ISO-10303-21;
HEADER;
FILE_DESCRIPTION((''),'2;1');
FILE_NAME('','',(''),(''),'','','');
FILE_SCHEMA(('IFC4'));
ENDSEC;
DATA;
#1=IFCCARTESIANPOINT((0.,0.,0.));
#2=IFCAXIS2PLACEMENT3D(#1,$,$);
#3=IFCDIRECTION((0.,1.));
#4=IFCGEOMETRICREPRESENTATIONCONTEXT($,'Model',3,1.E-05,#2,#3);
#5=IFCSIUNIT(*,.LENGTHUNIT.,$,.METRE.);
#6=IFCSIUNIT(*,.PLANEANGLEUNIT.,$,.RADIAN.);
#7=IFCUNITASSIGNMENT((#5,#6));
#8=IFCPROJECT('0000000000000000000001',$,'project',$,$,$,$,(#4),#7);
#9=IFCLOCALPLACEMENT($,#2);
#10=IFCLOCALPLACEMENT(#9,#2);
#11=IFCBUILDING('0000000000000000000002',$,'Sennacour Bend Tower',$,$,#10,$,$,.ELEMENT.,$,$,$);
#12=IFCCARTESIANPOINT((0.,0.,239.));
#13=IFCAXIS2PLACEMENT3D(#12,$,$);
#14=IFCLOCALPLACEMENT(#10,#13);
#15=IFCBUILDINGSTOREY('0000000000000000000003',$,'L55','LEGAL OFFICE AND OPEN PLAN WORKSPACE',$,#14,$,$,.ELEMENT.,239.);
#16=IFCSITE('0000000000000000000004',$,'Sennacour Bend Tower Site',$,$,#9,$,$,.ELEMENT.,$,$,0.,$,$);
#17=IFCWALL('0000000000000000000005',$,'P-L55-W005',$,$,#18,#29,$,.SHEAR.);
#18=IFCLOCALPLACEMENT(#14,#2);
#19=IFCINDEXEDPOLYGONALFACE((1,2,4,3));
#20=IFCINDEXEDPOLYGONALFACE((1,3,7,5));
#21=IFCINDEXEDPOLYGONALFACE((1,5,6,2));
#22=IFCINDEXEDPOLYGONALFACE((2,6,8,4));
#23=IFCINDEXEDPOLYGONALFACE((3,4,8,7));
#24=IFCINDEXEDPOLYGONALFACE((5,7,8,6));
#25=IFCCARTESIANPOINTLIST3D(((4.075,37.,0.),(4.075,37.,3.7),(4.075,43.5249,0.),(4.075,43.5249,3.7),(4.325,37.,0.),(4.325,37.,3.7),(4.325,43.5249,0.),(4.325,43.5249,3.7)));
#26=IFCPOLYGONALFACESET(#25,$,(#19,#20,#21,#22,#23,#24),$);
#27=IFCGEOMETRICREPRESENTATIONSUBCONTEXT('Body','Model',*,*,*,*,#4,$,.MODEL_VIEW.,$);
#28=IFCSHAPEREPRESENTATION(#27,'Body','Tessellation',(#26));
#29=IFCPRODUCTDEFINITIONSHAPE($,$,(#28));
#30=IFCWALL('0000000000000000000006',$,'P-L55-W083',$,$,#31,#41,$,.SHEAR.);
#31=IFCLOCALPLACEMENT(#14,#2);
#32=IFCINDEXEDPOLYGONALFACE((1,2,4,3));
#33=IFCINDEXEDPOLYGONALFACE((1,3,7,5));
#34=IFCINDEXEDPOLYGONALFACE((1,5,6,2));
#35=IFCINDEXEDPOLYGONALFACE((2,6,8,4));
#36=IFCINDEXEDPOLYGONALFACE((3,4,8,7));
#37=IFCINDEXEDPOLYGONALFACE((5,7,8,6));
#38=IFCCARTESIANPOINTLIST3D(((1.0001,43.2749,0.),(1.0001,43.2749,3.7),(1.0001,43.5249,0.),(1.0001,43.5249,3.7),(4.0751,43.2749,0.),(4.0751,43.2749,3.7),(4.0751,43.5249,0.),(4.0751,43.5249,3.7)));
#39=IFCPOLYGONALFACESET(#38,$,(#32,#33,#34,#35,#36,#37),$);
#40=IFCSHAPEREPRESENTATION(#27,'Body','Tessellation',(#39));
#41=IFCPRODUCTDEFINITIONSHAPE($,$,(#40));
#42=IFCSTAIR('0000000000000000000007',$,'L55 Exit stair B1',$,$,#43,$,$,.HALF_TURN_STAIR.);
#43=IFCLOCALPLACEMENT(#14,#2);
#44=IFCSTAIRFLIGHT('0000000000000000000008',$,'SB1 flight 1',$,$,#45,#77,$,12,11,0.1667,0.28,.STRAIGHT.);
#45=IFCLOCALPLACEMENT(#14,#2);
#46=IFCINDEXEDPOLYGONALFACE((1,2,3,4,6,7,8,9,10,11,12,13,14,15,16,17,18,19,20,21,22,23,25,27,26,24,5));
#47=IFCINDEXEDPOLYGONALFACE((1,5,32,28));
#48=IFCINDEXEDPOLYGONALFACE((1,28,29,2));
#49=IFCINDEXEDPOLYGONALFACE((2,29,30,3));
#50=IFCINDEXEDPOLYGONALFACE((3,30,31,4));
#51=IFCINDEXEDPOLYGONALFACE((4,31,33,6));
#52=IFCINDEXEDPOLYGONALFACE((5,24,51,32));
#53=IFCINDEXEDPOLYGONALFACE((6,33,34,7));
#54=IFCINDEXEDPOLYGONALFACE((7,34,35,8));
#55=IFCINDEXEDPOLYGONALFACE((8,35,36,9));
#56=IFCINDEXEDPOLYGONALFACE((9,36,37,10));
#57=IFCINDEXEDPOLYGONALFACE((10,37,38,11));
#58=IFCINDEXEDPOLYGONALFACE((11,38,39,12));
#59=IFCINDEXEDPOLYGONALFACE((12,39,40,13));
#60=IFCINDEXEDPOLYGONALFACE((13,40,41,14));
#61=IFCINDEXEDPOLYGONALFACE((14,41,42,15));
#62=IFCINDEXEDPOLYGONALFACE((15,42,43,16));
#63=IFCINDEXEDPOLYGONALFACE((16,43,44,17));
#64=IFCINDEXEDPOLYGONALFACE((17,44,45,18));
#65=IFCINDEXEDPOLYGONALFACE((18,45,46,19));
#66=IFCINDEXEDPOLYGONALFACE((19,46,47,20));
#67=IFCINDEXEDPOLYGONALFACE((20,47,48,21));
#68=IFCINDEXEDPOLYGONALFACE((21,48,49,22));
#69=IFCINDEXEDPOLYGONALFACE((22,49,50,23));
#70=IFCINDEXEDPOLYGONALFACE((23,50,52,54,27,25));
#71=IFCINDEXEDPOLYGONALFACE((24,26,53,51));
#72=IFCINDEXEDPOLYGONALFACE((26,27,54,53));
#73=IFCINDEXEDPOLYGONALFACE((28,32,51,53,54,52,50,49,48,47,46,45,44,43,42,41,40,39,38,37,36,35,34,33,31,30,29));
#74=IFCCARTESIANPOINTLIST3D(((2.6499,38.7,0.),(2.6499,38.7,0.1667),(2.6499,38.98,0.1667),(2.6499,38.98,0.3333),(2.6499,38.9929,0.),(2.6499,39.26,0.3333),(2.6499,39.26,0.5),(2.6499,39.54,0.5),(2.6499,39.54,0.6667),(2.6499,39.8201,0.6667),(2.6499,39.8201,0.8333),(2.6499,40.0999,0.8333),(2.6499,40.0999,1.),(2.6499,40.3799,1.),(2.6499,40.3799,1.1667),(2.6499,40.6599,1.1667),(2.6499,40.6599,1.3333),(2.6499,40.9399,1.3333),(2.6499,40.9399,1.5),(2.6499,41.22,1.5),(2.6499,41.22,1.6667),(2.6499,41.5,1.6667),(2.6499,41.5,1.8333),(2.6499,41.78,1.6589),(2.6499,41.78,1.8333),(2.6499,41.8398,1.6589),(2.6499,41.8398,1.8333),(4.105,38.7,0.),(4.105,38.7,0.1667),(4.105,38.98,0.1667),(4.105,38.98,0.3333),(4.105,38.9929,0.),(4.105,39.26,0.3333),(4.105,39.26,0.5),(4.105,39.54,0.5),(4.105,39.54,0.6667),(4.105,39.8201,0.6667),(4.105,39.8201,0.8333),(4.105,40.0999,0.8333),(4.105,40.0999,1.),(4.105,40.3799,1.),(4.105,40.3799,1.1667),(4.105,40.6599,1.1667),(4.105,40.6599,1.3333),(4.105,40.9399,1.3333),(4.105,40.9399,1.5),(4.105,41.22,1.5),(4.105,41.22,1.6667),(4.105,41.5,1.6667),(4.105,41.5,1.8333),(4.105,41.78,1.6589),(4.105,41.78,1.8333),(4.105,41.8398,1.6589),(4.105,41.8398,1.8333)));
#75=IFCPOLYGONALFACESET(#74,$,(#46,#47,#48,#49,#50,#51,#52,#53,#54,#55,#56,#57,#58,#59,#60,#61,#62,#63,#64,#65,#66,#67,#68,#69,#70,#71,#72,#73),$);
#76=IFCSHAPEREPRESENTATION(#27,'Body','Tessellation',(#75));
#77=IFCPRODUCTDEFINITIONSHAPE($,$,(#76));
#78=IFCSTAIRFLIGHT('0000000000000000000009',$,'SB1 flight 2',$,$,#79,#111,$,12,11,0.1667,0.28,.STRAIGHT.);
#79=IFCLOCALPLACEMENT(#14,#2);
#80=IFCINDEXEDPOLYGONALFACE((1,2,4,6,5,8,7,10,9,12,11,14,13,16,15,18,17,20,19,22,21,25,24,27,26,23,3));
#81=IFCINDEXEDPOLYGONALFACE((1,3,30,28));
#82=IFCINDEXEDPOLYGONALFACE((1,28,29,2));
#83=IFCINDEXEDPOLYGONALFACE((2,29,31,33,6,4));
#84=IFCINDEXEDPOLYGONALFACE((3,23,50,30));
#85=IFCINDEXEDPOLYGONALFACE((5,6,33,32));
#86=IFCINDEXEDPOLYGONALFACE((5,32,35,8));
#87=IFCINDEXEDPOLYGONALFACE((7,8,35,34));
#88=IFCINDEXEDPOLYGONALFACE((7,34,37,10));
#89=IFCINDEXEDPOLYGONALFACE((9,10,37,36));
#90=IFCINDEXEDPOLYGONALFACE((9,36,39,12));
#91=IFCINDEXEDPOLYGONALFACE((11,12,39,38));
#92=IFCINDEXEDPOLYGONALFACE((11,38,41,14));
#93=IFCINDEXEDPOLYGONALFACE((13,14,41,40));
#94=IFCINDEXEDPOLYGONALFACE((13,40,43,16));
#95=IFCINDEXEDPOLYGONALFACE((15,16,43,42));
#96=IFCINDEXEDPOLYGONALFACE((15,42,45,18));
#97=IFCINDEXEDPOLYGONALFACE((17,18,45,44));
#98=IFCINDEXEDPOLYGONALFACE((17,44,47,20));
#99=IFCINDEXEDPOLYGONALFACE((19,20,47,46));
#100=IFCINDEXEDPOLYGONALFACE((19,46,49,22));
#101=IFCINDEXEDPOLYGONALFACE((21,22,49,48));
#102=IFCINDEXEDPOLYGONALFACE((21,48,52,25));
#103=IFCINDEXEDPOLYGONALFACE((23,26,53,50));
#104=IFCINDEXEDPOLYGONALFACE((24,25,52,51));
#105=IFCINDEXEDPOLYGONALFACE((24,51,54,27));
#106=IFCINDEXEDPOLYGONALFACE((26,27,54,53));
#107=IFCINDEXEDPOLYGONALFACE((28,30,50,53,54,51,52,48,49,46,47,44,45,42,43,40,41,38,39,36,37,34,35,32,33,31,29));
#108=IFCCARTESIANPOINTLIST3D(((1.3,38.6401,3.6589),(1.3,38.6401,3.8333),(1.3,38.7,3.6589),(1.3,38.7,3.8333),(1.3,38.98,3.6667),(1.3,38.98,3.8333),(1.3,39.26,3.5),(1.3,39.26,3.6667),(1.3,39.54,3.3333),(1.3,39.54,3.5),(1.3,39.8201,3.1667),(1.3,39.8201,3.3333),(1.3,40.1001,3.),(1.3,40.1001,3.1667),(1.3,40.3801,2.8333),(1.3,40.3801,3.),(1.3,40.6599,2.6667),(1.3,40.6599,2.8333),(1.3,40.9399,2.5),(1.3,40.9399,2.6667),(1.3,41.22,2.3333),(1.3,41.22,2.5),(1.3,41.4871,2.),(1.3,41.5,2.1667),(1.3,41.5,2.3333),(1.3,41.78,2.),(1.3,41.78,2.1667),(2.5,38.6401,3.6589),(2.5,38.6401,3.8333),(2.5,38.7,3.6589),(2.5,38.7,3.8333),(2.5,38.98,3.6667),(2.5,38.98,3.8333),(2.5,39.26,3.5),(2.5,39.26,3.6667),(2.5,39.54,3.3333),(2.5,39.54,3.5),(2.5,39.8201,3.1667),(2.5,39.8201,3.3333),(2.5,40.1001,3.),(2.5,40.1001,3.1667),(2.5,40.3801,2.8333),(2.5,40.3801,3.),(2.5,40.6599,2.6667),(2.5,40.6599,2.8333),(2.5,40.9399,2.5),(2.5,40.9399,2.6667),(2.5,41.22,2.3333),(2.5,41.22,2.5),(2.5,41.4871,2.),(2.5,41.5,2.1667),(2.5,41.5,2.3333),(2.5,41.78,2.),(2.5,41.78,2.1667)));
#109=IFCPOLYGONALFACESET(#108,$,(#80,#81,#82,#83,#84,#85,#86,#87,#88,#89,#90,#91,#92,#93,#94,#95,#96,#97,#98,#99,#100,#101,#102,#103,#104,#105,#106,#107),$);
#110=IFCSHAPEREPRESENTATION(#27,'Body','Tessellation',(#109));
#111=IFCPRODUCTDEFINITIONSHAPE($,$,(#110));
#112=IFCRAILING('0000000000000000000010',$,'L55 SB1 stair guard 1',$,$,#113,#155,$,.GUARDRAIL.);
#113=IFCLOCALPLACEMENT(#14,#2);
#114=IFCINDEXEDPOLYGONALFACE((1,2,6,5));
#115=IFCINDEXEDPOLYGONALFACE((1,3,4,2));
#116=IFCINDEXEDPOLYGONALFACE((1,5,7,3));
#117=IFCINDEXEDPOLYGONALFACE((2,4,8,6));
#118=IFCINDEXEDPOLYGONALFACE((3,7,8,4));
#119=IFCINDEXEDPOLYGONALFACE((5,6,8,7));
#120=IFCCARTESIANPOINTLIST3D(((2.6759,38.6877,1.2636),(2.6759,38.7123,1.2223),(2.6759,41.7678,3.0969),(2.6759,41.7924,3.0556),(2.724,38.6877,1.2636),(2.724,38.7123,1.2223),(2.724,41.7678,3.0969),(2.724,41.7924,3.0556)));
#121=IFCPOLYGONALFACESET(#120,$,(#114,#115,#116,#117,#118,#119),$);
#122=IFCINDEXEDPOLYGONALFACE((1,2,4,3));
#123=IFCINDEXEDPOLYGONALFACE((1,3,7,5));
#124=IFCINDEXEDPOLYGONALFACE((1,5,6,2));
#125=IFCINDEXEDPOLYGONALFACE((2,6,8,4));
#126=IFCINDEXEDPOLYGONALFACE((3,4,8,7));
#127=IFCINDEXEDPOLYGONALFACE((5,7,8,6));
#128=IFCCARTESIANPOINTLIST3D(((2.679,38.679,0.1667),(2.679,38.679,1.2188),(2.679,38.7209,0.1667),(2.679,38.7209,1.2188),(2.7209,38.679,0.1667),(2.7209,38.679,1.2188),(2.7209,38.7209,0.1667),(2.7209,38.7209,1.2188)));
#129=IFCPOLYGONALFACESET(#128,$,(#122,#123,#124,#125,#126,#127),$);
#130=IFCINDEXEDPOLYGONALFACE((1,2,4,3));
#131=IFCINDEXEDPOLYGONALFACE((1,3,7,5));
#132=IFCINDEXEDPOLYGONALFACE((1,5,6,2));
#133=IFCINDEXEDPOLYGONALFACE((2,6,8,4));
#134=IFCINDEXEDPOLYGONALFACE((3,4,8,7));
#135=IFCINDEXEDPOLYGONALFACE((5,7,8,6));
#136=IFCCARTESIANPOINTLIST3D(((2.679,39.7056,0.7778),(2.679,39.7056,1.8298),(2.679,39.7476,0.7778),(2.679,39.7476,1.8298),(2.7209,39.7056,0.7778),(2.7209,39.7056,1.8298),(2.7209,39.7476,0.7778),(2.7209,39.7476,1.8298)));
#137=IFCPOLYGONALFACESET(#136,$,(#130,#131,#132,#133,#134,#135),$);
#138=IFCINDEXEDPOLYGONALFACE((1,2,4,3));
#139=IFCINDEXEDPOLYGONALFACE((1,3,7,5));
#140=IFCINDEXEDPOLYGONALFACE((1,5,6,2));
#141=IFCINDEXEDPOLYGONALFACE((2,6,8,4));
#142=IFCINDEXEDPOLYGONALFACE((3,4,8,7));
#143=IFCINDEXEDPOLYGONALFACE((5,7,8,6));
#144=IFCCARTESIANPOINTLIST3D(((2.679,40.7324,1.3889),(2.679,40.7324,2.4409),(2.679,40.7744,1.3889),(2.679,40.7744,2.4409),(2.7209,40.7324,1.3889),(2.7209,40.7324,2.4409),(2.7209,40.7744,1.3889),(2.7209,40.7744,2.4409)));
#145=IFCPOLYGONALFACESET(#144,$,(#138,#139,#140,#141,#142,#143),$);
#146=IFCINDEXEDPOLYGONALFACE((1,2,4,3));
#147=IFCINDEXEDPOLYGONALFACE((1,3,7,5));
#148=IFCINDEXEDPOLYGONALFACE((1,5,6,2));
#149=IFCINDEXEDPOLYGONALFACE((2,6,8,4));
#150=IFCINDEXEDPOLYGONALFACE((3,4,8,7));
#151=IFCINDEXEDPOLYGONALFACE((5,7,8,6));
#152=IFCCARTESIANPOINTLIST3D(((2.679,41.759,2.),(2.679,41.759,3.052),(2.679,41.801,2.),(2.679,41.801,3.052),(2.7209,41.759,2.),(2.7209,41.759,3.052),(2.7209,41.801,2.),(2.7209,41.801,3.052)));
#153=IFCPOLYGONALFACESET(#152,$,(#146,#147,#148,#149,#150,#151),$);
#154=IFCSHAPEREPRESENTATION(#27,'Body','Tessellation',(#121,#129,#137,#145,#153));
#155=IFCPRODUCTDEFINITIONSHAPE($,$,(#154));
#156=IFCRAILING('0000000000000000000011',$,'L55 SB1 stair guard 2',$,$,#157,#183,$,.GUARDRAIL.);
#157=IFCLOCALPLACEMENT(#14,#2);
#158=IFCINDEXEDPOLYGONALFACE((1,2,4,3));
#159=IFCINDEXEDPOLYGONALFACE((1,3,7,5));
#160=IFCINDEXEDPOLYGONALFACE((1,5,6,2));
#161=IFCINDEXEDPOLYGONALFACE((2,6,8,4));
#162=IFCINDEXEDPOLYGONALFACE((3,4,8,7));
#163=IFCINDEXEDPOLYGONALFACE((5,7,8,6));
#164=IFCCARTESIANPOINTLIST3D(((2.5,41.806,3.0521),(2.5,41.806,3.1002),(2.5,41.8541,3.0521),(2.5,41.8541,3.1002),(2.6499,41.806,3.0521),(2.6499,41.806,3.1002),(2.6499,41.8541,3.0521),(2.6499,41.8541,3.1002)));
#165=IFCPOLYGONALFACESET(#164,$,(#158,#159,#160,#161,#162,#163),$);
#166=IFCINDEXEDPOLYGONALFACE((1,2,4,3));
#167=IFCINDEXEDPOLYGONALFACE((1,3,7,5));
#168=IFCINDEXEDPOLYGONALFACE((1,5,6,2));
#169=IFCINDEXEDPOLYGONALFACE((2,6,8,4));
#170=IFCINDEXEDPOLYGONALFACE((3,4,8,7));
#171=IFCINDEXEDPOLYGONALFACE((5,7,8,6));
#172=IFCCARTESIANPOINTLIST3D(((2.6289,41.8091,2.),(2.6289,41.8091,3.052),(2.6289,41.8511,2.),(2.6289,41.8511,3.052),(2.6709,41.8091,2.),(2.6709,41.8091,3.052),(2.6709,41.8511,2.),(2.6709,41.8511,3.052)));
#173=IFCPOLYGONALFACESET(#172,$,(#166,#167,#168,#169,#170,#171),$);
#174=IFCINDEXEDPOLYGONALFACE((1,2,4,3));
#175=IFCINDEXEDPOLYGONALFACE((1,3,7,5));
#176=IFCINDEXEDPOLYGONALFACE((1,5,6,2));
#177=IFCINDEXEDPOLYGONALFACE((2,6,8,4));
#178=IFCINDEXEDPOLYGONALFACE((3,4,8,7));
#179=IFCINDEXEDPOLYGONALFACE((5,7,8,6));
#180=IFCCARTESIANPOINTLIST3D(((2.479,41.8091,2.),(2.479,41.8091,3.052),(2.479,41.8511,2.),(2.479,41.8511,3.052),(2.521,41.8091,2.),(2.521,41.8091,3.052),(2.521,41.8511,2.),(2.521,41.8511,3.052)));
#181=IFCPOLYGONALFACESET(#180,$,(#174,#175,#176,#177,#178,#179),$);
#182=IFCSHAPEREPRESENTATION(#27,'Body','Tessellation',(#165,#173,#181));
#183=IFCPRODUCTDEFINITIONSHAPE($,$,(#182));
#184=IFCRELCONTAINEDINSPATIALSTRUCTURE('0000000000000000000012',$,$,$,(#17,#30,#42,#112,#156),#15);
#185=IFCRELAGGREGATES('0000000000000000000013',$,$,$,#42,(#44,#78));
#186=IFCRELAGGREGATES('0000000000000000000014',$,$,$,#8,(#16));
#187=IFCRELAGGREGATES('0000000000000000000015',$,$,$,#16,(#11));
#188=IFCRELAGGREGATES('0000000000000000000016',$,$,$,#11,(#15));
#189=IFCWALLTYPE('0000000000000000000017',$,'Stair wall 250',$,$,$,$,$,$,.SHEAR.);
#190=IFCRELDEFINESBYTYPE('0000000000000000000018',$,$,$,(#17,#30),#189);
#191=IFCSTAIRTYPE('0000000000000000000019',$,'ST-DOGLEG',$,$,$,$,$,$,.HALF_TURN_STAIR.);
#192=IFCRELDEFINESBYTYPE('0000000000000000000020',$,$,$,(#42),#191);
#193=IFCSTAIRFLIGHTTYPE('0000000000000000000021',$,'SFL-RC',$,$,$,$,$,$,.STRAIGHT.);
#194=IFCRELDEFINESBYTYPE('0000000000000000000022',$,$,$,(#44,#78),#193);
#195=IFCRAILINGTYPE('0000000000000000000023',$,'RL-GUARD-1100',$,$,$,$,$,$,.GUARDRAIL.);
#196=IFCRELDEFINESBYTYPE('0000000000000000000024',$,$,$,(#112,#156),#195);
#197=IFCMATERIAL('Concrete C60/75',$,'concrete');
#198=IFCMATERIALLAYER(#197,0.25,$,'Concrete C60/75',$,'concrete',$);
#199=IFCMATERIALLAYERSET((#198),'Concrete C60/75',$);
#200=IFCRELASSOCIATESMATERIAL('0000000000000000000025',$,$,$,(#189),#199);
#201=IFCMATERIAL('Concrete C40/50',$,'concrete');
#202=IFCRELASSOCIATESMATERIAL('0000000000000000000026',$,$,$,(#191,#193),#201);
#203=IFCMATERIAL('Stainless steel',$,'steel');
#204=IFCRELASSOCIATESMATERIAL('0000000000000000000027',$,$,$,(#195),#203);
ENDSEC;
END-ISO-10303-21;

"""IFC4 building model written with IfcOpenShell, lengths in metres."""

from ifc_helpers import new_model, si_unit, direction, frame, frame_2d, origin, origin_2d, place, context, subcontext, project, spatial, polyline, rectangle, outline, extrude, material, layer, layer_set, type_object, element, aggregate, save


model = new_model("IFC4")

# Units and contexts
model_context = context("Model", 3, precision=1e-05, world=origin(), true_north=direction((0.0, 1.0)))
body_context = subcontext(model_context, "Body", "Model", "MODEL_VIEW")
ifc_project = project(units=[si_unit("LENGTHUNIT", "METRE"), si_unit("PLANEANGLEUNIT", "RADIAN")], contexts=[model_context])

# Site, building, storey
site_placement = place(None, origin())
site = spatial("IfcSite", under=ifc_project, at=site_placement, Name="Sennacour Bend Tower Site", CompositionType="ELEMENT", RefElevation=0.0)
building_placement = place(site_placement, origin())
building = spatial("IfcBuilding", under=site, at=building_placement, Name="Sennacour Bend Tower", CompositionType="ELEMENT")
storey_placement = place(building_placement, frame((0.0, 0.0, 239.0)))
storey = spatial("IfcBuildingStorey", under=building, at=storey_placement, Name="L55", Description="LEGAL OFFICE AND OPEN PLAN WORKSPACE", CompositionType="ELEMENT", Elevation=239.0)

# Shared definitions
ifc_material_1 = material(Name="Concrete C60/75", Category="concrete")

# Shared definitions
ifc_material_2 = material(Name="Stainless steel", Category="steel")

# Walls
ifc_layer_1 = layer(ifc_material_1, 0.25, Name="Concrete C60/75", Category="concrete")
ifc_layer_set_1 = layer_set([ifc_layer_1], Name="Concrete C60/75")
wall_type_1 = type_object("IfcWallType", Name="Stair wall 250", PredefinedType="SHEAR", material=ifc_layer_set_1)
wall_1_placement = place(storey_placement, frame((4.2, 37.0, 0.0), z_axis=(0.0, 0.0, 1.0), x_axis=(0.0, 1.0, 0.0)))
element("IfcWall", 1, at=wall_1_placement, inside=storey, type_object=wall_type_1, Name="P-L55-W005", PredefinedType="SHEAR", context=body_context, shape_type="SweptSolid", body=[
    extrude(rectangle(XDim=6.5249, YDim=0.25, at=frame_2d((3.2625, 0.0))), origin(), (0.0, 0.0, 1.0), 3.7),
])
wall_2_placement = place(storey_placement, frame((1.0, 43.3999, 0.0), z_axis=(0.0, 0.0, 1.0), x_axis=(1.0, 0.0, 0.0)))
element("IfcWall", 2, at=wall_2_placement, inside=storey, type_object=wall_type_1, Name="P-L55-W083", PredefinedType="SHEAR", context=body_context, shape_type="SweptSolid", body=[
    extrude(rectangle(XDim=3.075, YDim=0.25, at=frame_2d((1.5376, 0.0))), origin(), (0.0, 0.0, 1.0), 3.7),
])

# Stair, stair flights
ifc_material_3 = material(Name="Concrete C40/50", Category="concrete")
stair_type = type_object("IfcStairType", Name="ST-DOGLEG", PredefinedType="HALF_TURN_STAIR", material=ifc_material_3)
stair_placement = place(storey_placement, origin())
stair = element("IfcStair", 3, at=stair_placement, inside=storey, type_object=stair_type, Name="L55 Exit stair B1", PredefinedType="HALF_TURN_STAIR")
stair_flight_type = type_object("IfcStairFlightType", Name="SFL-RC", PredefinedType="STRAIGHT", material=ifc_material_3)
stair_flight_1_placement = place(storey_placement, frame((3.3774, 38.7, 0.0), z_axis=(0.0, 0.0, 1.0), x_axis=(0.0, 1.0, 0.0)))
stair_flight_1 = element("IfcStairFlight", 4, at=stair_flight_1_placement, type_object=stair_flight_type, Name="SB1 flight 1", NumberOfRisers=12, NumberOfTreads=11, PredefinedType="STRAIGHT", RiserHeight=0.1667, TreadLength=0.28, context=body_context, shape_type="SweptSolid", body=[
    extrude(outline(polyline([(0.0, 0.0), (0.0, 0.1667), (0.28, 0.1667), (0.28, 0.3333), (0.5601, 0.3333), (0.5601, 0.5), (0.8401, 0.5), (0.8401, 0.6667), (1.1201, 0.6667), (1.1201, 0.8333), (1.3999, 0.8333), (1.3999, 1.0), (1.6799, 1.0), (1.6799, 1.1667), (1.96, 1.1667), (1.96, 1.3333), (2.24, 1.3333), (2.24, 1.5), (2.52, 1.5), (2.52, 1.6667), (2.8, 1.6667), (2.8, 1.8333), (3.0801, 1.8333), (3.1399, 1.8333), (3.1399, 1.6589), (3.0801, 1.6589), (0.293, 0.0), (0.0, 0.0)])), frame((0.0, 0.7275, 0.0), z_axis=(0.0, -1.0, 0.0), x_axis=(1.0, 0.0, 0.0)), (0.0, 0.0, 1.0), 1.4551),
])
stair_flight_2_placement = place(storey_placement, frame((1.8999, 41.78, 2.0), z_axis=(0.0, 0.0, 1.0), x_axis=(0.0, -1.0, 0.0)))
stair_flight_2 = element("IfcStairFlight", 5, at=stair_flight_2_placement, type_object=stair_flight_type, Name="SB1 flight 2", NumberOfRisers=12, NumberOfTreads=11, PredefinedType="STRAIGHT", RiserHeight=0.1667, TreadLength=0.28, context=body_context, shape_type="SweptSolid", body=[
    extrude(outline(polyline([(0.0, 0.0), (0.0, 0.1667), (0.28, 0.1667), (0.28, 0.3333), (0.5601, 0.3333), (0.5601, 0.5), (0.8401, 0.5), (0.8401, 0.6667), (1.1201, 0.6667), (1.1201, 0.8333), (1.3999, 0.8333), (1.3999, 1.0), (1.6799, 1.0), (1.6799, 1.1667), (1.96, 1.1667), (1.96, 1.3333), (2.24, 1.3333), (2.24, 1.5), (2.52, 1.5), (2.52, 1.6667), (2.8, 1.6667), (2.8, 1.8333), (3.0801, 1.8333), (3.1399, 1.8333), (3.1399, 1.6589), (3.0801, 1.6589), (0.293, 0.0), (0.0, 0.0)])), frame((0.0, 0.6001, 0.0), z_axis=(0.0, -1.0, 0.0), x_axis=(1.0, 0.0, 0.0)), (0.0, 0.0, 1.0), 1.2),
])
aggregate(stair, [stair_flight_1, stair_flight_2])

# Railings
railing_type_1 = type_object("IfcRailingType", Name="RL-GUARD-1100", PredefinedType="GUARDRAIL", material=ifc_material_2)
railing_1_placement = place(storey_placement, frame((2.7, 38.7, 0.1667)))
element("IfcRailing", 6, at=railing_1_placement, inside=storey, type_object=railing_type_1, Name="L55 SB1 stair guard 1", PredefinedType="GUARDRAIL", context=body_context, shape_type="SweptSolid", body=[
    extrude(rectangle(XDim=0.0481, YDim=0.0481, at=origin_2d()), frame((0.0, 0.0, 1.0762), z_axis=(0.0, 0.859309, 0.511458), x_axis=(-1.0, 0.0, 0.0)), (0.0, 0.0, 1.0), 3.5845),
    extrude(rectangle(XDim=0.042, YDim=0.042, at=origin_2d()), origin(), (0.0, 0.0, 1.0), 1.052),
    extrude(rectangle(XDim=0.042, YDim=0.042, at=origin_2d()), frame((0.0, 1.0266, 0.6111)), (0.0, 0.0, 1.0), 1.052),
    extrude(rectangle(XDim=0.042, YDim=0.042, at=origin_2d()), frame((0.0, 2.0535, 1.2222)), (0.0, 0.0, 1.0), 1.052),
    extrude(rectangle(XDim=0.042, YDim=0.042, at=origin_2d()), frame((0.0, 3.0801, 1.8333)), (0.0, 0.0, 1.0), 1.052),
])
railing_2_placement = place(storey_placement, frame((2.6499, 41.8301, 2.0)))
element("IfcRailing", 7, at=railing_2_placement, inside=storey, type_object=railing_type_1, Name="L55 SB1 stair guard 2", PredefinedType="GUARDRAIL", context=body_context, shape_type="SweptSolid", body=[
    extrude(rectangle(XDim=0.0481, YDim=0.0481, at=origin_2d()), frame((0.0, 0.0, 1.0762), z_axis=(-1.0, 0.0, 0.0), x_axis=(0.0, -1.0, 0.0)), (0.0, 0.0, 1.0), 0.1499),
    extrude(rectangle(XDim=0.042, YDim=0.042, at=origin_2d()), origin(), (0.0, 0.0, 1.0), 1.052),
    extrude(rectangle(XDim=0.042, YDim=0.042, at=origin_2d()), frame((-0.1499, 0.0, 0.0)), (0.0, 0.0, 1.0), 1.052),
])

save(model, "model.ifc")
